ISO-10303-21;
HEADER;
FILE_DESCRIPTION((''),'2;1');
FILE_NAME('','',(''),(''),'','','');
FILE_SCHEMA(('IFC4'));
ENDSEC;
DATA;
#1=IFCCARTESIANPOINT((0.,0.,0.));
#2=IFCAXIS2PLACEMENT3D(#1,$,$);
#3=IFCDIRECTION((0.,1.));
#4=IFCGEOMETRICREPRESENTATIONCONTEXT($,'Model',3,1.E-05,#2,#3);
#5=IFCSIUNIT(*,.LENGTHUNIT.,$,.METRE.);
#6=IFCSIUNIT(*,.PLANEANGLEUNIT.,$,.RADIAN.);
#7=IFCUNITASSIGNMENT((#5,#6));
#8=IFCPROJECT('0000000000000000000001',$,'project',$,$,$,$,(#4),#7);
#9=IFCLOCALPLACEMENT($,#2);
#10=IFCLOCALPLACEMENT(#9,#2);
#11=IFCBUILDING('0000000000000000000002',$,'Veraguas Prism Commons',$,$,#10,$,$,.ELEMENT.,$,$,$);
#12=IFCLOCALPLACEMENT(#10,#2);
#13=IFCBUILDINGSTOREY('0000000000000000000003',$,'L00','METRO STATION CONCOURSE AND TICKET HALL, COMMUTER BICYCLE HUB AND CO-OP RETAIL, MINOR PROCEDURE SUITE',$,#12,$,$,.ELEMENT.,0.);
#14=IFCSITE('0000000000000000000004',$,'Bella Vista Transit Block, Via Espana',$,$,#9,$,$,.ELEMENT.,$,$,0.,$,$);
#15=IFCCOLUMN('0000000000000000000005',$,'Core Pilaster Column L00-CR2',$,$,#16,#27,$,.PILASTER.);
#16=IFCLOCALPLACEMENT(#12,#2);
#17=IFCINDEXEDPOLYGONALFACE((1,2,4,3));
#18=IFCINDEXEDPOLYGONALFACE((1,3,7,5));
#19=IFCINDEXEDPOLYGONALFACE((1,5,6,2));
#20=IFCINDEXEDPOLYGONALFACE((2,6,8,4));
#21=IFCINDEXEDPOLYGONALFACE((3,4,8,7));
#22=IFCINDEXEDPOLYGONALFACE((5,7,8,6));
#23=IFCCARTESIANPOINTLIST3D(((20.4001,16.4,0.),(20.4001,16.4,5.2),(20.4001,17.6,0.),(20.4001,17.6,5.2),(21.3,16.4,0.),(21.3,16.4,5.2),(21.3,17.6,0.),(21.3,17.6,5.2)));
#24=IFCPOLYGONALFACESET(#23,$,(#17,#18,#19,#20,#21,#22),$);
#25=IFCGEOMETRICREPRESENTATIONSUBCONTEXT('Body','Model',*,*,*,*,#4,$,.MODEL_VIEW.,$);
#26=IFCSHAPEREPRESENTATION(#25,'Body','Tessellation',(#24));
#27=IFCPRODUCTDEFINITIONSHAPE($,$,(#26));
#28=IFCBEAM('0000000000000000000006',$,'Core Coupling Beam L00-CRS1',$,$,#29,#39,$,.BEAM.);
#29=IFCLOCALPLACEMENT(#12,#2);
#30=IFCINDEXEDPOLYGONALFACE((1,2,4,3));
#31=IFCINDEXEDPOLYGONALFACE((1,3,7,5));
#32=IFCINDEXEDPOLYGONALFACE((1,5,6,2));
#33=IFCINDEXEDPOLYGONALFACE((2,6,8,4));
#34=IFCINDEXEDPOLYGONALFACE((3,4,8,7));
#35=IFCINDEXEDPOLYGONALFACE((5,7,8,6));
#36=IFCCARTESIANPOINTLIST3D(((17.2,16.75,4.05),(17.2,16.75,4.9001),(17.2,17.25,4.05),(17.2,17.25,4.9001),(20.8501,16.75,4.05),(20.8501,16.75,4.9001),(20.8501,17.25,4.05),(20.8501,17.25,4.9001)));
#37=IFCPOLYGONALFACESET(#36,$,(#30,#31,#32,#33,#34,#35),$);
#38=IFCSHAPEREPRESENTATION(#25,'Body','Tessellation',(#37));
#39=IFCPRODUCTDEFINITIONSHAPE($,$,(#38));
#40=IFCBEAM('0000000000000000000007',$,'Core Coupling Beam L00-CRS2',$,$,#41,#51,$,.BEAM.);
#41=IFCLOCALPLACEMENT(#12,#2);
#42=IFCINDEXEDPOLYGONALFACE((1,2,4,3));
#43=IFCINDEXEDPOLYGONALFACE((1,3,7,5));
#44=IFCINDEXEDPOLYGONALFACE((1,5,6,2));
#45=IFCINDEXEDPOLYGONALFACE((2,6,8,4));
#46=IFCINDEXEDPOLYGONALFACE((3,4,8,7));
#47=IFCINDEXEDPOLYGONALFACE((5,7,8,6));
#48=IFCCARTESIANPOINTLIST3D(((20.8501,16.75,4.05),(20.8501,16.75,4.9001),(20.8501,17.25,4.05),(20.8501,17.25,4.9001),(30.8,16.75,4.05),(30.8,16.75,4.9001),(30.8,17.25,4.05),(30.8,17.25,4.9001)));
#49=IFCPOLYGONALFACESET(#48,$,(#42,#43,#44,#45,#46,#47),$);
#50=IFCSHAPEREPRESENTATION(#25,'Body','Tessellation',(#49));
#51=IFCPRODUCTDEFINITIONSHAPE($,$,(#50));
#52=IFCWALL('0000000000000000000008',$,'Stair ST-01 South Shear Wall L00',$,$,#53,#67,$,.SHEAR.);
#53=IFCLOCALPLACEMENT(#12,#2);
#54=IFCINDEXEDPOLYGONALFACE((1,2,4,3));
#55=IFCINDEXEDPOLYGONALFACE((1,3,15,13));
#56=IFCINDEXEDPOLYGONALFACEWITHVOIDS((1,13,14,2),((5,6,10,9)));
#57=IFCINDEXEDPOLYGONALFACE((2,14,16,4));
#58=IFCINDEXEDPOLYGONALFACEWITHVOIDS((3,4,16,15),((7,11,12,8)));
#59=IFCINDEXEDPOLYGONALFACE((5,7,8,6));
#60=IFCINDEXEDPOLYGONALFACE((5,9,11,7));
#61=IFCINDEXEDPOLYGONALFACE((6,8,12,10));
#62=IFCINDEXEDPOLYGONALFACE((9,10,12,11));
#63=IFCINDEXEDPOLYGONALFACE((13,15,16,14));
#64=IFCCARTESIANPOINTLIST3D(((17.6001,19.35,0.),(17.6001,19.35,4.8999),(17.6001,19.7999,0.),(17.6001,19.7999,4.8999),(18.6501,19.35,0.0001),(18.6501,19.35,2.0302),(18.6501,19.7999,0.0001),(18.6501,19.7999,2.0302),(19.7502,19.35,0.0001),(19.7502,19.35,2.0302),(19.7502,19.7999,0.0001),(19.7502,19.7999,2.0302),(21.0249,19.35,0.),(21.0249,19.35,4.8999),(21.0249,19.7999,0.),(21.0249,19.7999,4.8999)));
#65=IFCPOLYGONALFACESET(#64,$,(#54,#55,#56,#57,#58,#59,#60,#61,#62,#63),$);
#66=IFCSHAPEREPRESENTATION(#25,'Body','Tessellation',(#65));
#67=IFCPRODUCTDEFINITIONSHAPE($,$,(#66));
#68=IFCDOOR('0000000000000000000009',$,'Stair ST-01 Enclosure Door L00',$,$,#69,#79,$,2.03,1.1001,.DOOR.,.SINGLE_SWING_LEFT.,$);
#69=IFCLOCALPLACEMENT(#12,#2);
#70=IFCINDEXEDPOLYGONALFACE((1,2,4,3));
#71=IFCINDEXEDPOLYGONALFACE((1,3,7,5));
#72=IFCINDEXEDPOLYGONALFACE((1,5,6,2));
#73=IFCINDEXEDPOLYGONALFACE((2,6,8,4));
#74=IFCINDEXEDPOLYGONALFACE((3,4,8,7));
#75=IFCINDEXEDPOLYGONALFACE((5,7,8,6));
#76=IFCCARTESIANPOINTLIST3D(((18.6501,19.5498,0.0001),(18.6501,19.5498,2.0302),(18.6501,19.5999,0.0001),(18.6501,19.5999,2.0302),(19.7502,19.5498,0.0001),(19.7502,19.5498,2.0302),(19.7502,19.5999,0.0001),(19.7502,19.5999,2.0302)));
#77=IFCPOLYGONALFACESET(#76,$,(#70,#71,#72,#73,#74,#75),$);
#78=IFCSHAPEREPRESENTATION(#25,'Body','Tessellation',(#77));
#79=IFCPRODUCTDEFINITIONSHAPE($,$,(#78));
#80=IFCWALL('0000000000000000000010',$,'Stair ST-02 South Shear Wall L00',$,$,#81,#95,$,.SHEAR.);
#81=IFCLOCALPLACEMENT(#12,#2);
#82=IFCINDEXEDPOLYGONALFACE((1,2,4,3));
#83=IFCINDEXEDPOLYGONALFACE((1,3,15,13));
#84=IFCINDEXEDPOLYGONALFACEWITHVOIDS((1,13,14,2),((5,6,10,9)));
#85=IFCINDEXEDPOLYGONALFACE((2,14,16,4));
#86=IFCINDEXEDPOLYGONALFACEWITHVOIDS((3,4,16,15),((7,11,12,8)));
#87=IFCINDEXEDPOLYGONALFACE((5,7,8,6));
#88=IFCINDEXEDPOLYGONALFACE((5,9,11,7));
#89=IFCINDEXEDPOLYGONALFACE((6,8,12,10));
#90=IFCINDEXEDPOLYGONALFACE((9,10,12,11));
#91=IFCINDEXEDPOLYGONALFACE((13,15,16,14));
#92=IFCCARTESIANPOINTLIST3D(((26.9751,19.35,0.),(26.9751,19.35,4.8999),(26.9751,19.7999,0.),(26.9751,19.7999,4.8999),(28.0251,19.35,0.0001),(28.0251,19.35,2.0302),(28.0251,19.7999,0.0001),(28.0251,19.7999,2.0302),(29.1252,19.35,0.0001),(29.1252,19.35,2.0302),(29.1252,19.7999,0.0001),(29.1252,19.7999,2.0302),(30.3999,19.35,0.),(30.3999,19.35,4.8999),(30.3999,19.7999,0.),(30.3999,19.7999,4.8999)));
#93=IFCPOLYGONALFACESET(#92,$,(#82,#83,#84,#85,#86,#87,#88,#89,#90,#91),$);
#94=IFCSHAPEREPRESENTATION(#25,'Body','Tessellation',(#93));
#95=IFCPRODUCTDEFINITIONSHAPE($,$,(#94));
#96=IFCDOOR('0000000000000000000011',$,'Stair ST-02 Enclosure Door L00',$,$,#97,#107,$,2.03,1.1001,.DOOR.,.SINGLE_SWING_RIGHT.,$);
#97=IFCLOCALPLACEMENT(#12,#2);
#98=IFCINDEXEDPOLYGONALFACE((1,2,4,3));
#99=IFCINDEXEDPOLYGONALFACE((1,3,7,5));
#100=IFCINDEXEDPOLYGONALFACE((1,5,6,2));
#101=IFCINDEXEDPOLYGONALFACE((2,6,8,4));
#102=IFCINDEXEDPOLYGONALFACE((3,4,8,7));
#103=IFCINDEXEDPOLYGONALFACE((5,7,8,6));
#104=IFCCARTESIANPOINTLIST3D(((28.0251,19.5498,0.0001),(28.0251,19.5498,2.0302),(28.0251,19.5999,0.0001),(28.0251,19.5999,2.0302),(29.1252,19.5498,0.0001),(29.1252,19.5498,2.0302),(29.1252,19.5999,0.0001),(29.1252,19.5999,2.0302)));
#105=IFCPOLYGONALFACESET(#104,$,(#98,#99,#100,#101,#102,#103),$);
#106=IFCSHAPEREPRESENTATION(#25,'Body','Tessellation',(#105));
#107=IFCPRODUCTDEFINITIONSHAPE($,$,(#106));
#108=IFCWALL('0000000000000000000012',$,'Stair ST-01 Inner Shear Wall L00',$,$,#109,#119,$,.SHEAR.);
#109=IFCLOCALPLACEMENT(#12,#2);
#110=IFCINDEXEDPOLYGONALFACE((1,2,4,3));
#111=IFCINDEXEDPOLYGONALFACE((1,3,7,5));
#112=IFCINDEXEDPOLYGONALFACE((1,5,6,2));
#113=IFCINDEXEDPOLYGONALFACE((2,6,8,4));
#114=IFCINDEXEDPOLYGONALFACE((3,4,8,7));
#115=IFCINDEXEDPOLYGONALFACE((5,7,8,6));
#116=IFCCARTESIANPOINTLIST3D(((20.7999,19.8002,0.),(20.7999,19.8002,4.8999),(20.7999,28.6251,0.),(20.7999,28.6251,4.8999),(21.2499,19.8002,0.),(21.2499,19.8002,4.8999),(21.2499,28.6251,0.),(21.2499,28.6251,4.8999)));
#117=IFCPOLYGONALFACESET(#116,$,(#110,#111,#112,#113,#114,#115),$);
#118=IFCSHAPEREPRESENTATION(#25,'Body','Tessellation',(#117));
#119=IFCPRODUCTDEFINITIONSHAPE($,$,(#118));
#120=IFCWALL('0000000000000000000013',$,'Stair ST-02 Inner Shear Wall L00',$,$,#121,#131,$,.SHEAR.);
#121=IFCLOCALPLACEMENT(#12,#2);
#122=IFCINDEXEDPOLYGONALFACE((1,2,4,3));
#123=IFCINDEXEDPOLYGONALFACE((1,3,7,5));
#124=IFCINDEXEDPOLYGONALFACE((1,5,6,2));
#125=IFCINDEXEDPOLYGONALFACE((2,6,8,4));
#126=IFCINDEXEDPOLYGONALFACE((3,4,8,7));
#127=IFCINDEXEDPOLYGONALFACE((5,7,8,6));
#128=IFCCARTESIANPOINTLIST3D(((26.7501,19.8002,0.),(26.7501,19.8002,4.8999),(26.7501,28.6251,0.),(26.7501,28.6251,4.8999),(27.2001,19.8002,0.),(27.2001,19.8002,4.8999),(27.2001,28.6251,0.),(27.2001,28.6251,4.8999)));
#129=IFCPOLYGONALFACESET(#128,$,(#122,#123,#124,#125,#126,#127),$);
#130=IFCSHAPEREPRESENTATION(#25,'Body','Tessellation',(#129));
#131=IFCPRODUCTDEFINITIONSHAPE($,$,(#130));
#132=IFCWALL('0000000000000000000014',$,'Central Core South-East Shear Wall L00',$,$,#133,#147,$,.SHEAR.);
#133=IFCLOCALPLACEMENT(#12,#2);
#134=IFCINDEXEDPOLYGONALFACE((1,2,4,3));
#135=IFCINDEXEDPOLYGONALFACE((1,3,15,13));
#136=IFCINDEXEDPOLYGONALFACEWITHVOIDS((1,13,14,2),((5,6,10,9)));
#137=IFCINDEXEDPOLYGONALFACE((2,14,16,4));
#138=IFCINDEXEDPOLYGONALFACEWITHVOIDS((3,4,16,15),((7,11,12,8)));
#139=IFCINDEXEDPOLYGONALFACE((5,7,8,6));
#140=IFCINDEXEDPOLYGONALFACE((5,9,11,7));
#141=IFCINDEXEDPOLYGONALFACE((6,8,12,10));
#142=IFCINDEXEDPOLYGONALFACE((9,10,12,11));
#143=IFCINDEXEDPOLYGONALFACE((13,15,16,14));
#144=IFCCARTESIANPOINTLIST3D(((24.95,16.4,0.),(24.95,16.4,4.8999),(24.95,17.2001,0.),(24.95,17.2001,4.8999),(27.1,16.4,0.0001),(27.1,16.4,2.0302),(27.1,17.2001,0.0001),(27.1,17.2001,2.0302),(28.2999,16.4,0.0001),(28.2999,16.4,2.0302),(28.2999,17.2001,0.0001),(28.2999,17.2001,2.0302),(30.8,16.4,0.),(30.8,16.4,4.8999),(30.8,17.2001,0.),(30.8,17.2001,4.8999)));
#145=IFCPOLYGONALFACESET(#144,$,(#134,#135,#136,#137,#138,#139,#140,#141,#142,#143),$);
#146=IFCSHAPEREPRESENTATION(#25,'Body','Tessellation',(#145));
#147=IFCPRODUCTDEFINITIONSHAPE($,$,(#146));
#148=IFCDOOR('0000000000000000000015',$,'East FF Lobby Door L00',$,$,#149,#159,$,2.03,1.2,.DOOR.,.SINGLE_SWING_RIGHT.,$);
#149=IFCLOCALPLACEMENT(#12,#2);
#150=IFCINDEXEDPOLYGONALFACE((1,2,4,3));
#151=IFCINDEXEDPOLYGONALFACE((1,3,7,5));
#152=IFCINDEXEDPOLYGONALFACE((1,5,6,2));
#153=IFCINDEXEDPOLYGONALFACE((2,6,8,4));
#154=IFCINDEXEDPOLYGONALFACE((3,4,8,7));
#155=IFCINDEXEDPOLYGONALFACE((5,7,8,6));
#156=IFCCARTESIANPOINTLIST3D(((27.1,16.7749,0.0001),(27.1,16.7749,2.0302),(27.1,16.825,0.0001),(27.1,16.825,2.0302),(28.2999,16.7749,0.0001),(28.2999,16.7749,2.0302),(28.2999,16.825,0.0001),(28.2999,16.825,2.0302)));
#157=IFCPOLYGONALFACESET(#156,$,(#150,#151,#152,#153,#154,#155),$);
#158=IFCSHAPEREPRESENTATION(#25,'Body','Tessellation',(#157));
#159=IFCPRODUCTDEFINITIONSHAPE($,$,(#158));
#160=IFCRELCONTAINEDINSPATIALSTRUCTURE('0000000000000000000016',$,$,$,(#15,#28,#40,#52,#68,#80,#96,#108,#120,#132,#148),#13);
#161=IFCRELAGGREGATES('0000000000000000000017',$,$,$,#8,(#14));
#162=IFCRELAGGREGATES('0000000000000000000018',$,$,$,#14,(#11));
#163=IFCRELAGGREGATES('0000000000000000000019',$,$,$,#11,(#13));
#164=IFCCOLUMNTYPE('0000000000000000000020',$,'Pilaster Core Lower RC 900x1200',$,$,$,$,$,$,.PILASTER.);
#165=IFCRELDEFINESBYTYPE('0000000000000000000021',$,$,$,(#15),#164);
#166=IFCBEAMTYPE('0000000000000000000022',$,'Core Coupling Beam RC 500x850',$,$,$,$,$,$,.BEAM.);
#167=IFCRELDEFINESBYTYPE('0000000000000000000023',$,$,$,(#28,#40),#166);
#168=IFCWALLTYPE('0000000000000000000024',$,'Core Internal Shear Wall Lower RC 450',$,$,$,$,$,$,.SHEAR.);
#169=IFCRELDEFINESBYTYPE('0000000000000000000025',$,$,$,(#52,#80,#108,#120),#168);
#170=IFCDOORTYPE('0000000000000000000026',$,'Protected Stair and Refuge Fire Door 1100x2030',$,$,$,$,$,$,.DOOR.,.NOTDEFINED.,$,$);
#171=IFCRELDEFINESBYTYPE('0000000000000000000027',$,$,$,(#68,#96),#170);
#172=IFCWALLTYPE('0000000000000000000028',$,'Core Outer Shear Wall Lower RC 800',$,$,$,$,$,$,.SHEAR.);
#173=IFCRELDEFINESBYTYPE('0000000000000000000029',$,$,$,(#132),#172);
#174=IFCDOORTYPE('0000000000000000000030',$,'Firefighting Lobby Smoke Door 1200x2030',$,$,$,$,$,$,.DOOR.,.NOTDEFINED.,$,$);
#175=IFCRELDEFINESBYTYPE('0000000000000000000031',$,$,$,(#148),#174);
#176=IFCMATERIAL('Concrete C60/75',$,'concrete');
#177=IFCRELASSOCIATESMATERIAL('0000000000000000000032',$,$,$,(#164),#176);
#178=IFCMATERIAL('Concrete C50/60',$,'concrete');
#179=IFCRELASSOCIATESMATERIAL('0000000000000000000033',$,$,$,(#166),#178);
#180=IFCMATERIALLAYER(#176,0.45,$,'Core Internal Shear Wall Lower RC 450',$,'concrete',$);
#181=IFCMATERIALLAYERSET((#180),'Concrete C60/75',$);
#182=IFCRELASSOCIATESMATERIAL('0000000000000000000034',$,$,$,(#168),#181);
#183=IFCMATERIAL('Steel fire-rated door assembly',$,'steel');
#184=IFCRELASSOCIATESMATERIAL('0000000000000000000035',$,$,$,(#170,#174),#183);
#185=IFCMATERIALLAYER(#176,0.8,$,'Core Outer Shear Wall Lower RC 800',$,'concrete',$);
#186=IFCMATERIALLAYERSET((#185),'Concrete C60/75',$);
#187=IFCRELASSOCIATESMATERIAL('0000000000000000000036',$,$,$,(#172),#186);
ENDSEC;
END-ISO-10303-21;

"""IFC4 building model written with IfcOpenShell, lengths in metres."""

from ifc_helpers import new_model, si_unit, direction, frame, frame_2d, origin, origin_2d, place, context, subcontext, project, spatial, rectangle, extrude, source, transform, mapped, material, layer, layer_set, material_profile, profile_set, type_object, element, fill, save


model = new_model("IFC4")

# Units and contexts
model_context = context("Model", 3, precision=1e-05, world=origin(), true_north=direction((0.0, 1.0)))
body_context = subcontext(model_context, "Body", "Model", "MODEL_VIEW")
ifc_project = project(units=[si_unit("LENGTHUNIT", "METRE"), si_unit("PLANEANGLEUNIT", "RADIAN")], contexts=[model_context])

# Site, building, storey
site_placement = place(None, origin())
site = spatial("IfcSite", under=ifc_project, at=site_placement, Name="Bella Vista Transit Block, Via Espana", CompositionType="ELEMENT", RefElevation=0.0)
building_placement = place(site_placement, origin())
building = spatial("IfcBuilding", under=site, at=building_placement, Name="Veraguas Prism Commons", CompositionType="ELEMENT")
storey_placement = place(building_placement, origin())
storey = spatial("IfcBuildingStorey", under=building, at=storey_placement, Name="L00", Description="METRO STATION CONCOURSE AND TICKET HALL, COMMUTER BICYCLE HUB AND CO-OP RETAIL, MINOR PROCEDURE SUITE", CompositionType="ELEMENT", Elevation=0.0)

# Column
ifc_material_1 = material(Name="Concrete C60/75", Category="concrete")
ifc_material_profile_1 = material_profile(ifc_material_1, rectangle(XDim=0.8999, YDim=1.2, at=origin_2d()), Name="RC900X1200")
ifc_profile_set_1 = profile_set([ifc_material_profile_1], Name="Concrete C60/75")
column_type = type_object("IfcColumnType", Name="Pilaster Core Lower RC 900x1200", PredefinedType="PILASTER", material=ifc_profile_set_1)
column_placement = place(storey_placement, frame((20.8501, 17.0, 0.0), z_axis=(0.0, 0.0, 1.0), x_axis=(1.0, 0.0, 0.0)))
element("IfcColumn", 1, at=column_placement, inside=storey, type_object=column_type, Name="Core Pilaster Column L00-CR2", PredefinedType="PILASTER", context=body_context, shape_type="SweptSolid", body=[
    extrude(rectangle(XDim=0.8999, YDim=1.2, at=origin_2d()), origin(), (0.0, 0.0, 1.0), 5.2),
])

# Beams
ifc_material_2 = material(Name="Concrete C50/60", Category="concrete")
ifc_material_profile_2 = material_profile(ifc_material_2, rectangle(XDim=0.5, YDim=0.8501, at=origin_2d()), Name="RC500X850")
ifc_profile_set_2 = profile_set([ifc_material_profile_2], Name="Concrete C50/60")
beam_type = type_object("IfcBeamType", Name="Core Coupling Beam RC 500x850", PredefinedType="BEAM", material=ifc_profile_set_2)
beam_1_placement = place(storey_placement, frame((17.2, 17.0, 4.4751), z_axis=(1.0, 0.0, 0.0), x_axis=(0.0, 1.0, 0.0)))
element("IfcBeam", 2, at=beam_1_placement, inside=storey, type_object=beam_type, Name="Core Coupling Beam L00-CRS1", PredefinedType="BEAM", context=body_context, shape_type="SweptSolid", body=[
    extrude(rectangle(XDim=0.5, YDim=0.8501, at=origin_2d()), origin(), (0.0, 0.0, 1.0), 3.6501),
])
beam_2_placement = place(storey_placement, frame((20.8501, 17.0, 4.4751), z_axis=(1.0, 0.0, 0.0), x_axis=(0.0, 1.0, 0.0)))
element("IfcBeam", 3, at=beam_2_placement, inside=storey, type_object=beam_type, Name="Core Coupling Beam L00-CRS2", PredefinedType="BEAM", context=body_context, shape_type="SweptSolid", body=[
    extrude(rectangle(XDim=0.5, YDim=0.8501, at=origin_2d()), origin(), (0.0, 0.0, 1.0), 9.95),
])

# Walls, openings, doors
ifc_layer_1 = layer(ifc_material_1, 0.45, Name="Core Internal Shear Wall Lower RC 450", Category="concrete")
ifc_layer_set_1 = layer_set([ifc_layer_1], Name="Concrete C60/75")
wall_type_1 = type_object("IfcWallType", Name="Core Internal Shear Wall Lower RC 450", PredefinedType="SHEAR", material=ifc_layer_set_1)
wall_1_placement = place(storey_placement, frame((17.6001, 19.575, 0.0), z_axis=(0.0, 0.0, 1.0), x_axis=(1.0, 0.0, 0.0)))
wall_1 = element("IfcWall", 4, at=wall_1_placement, inside=storey, type_object=wall_type_1, Name="Stair ST-01 South Shear Wall L00", PredefinedType="SHEAR", context=body_context, shape_type="SweptSolid", body=[
    extrude(rectangle(XDim=3.4248, YDim=0.45, at=frame_2d((1.7124, 0.0))), origin(), (0.0, 0.0, 1.0), 4.8999),
])
opening_1_placement = place(wall_1_placement, frame((1.05, 0.0, 0.0)))
opening_1 = element("IfcOpeningElement", 5, at=opening_1_placement, cuts=wall_1, PredefinedType="OPENING", context=body_context, shape_type="SweptSolid", body=[
    extrude(rectangle(XDim=1.1001, YDim=2.03, at=frame_2d((0.55, 1.0151))), frame((0.0, 0.2349, 0.0), z_axis=(0.0, -1.0, 0.0), x_axis=(1.0, 0.0, 0.0)), (0.0, 0.0, 1.0), 0.47),
])
ifc_material_3 = material(Name="Steel fire-rated door assembly", Category="steel")
door_type_1 = type_object("IfcDoorType", Name="Protected Stair and Refuge Fire Door 1100x2030", OperationType="NOTDEFINED", PredefinedType="DOOR", material=ifc_material_3)
shared_shape_1 = source(origin(), body_context, "Body", "SweptSolid", [
    extrude(rectangle(XDim=1.1001, YDim=2.03, at=frame_2d((0.55, 1.0151))), frame((0.0, 0.0249, 0.0), z_axis=(0.0, -1.0, 0.0), x_axis=(1.0, 0.0, 0.0)), (0.0, 0.0, 1.0), 0.05),
])
door_1_placement = place(opening_1_placement, origin())
door_1 = element("IfcDoor", 6, at=door_1_placement, inside=storey, type_object=door_type_1, Name="Stair ST-01 Enclosure Door L00", OperationType="SINGLE_SWING_LEFT", OverallHeight=2.03, OverallWidth=1.1001, PredefinedType="DOOR", context=body_context, shape_type="MappedRepresentation", body=[
    mapped(shared_shape_1, transform((0.0, 0.0, 0.0), scale=1.0)),
])
fill(opening_1, door_1)
wall_2_placement = place(storey_placement, frame((26.9751, 19.575, 0.0), z_axis=(0.0, 0.0, 1.0), x_axis=(1.0, 0.0, 0.0)))
wall_2 = element("IfcWall", 7, at=wall_2_placement, inside=storey, type_object=wall_type_1, Name="Stair ST-02 South Shear Wall L00", PredefinedType="SHEAR", context=body_context, shape_type="SweptSolid", body=[
    extrude(rectangle(XDim=3.4248, YDim=0.45, at=frame_2d((1.7124, 0.0))), origin(), (0.0, 0.0, 1.0), 4.8999),
])
opening_2_placement = place(wall_2_placement, frame((1.05, 0.0, 0.0)))
opening_2 = element("IfcOpeningElement", 8, at=opening_2_placement, cuts=wall_2, PredefinedType="OPENING", context=body_context, shape_type="SweptSolid", body=[
    extrude(rectangle(XDim=1.1001, YDim=2.03, at=frame_2d((0.55, 1.0151))), frame((0.0, 0.2349, 0.0), z_axis=(0.0, -1.0, 0.0), x_axis=(1.0, 0.0, 0.0)), (0.0, 0.0, 1.0), 0.47),
])
door_2_placement = place(opening_2_placement, origin())
door_2 = element("IfcDoor", 9, at=door_2_placement, inside=storey, type_object=door_type_1, Name="Stair ST-02 Enclosure Door L00", OperationType="SINGLE_SWING_RIGHT", OverallHeight=2.03, OverallWidth=1.1001, PredefinedType="DOOR", context=body_context, shape_type="MappedRepresentation", body=[
    mapped(shared_shape_1, transform((0.0, 0.0, 0.0), scale=1.0)),
])
fill(opening_2, door_2)

# Walls
for number, where, z_axis, x_axis, name in (
    (10, (21.0249, 19.8, 0.0), (0.0, 0.0, 1.0), (0.0, 1.0, 0.0), "Stair ST-01 Inner Shear Wall L00"),
    (11, (26.9751, 19.8, 0.0), (0.0, 0.0, 1.0), (0.0, 1.0, 0.0), "Stair ST-02 Inner Shear Wall L00"),
):
    element("IfcWall", number, at=place(storey_placement, frame(where, z_axis=z_axis, x_axis=x_axis)), inside=storey, type_object=wall_type_1, Name=name, PredefinedType="SHEAR", context=body_context, shape_type="SweptSolid", body=[
        extrude(rectangle(XDim=8.825, YDim=0.45, at=frame_2d((4.4126, 0.0))), origin(), (0.0, 0.0, 1.0), 4.8999),
    ])

# Wall, opening, door
ifc_layer_2 = layer(ifc_material_1, 0.8, Name="Core Outer Shear Wall Lower RC 800", Category="concrete")
ifc_layer_set_2 = layer_set([ifc_layer_2], Name="Concrete C60/75")
wall_type_2 = type_object("IfcWallType", Name="Core Outer Shear Wall Lower RC 800", PredefinedType="SHEAR", material=ifc_layer_set_2)
wall_3_placement = place(storey_placement, frame((24.95, 16.8, 0.0), z_axis=(0.0, 0.0, 1.0), x_axis=(1.0, 0.0, 0.0)))
wall_3 = element("IfcWall", 12, at=wall_3_placement, inside=storey, type_object=wall_type_2, Name="Central Core South-East Shear Wall L00", PredefinedType="SHEAR", context=body_context, shape_type="SweptSolid", body=[
    extrude(rectangle(XDim=5.8501, YDim=0.8, at=frame_2d((2.925, 0.0))), origin(), (0.0, 0.0, 1.0), 4.8999),
])
opening_3_placement = place(wall_3_placement, frame((2.1499, 0.0, 0.0)))
opening_3 = element("IfcOpeningElement", 13, at=opening_3_placement, cuts=wall_3, PredefinedType="OPENING", context=body_context, shape_type="SweptSolid", body=[
    extrude(rectangle(XDim=1.2, YDim=2.03, at=frame_2d((0.6001, 1.0151))), frame((0.0, 0.4099, 0.0), z_axis=(0.0, -1.0, 0.0), x_axis=(1.0, 0.0, 0.0)), (0.0, 0.0, 1.0), 0.8201),
])
door_type_2 = type_object("IfcDoorType", Name="Firefighting Lobby Smoke Door 1200x2030", OperationType="NOTDEFINED", PredefinedType="DOOR", material=ifc_material_3)
shared_shape_2 = source(origin(), body_context, "Body", "SweptSolid", [
    extrude(rectangle(XDim=1.2, YDim=2.03, at=frame_2d((0.6001, 1.0151))), frame((0.0, 0.0249, 0.0), z_axis=(0.0, -1.0, 0.0), x_axis=(1.0, 0.0, 0.0)), (0.0, 0.0, 1.0), 0.05),
])
door_3_placement = place(opening_3_placement, origin())
door_3 = element("IfcDoor", 14, at=door_3_placement, inside=storey, type_object=door_type_2, Name="East FF Lobby Door L00", OperationType="SINGLE_SWING_RIGHT", OverallHeight=2.03, OverallWidth=1.2, PredefinedType="DOOR", context=body_context, shape_type="MappedRepresentation", body=[
    mapped(shared_shape_2, transform((0.0, 0.0, 0.0), scale=1.0)),
])
fill(opening_3, door_3)

save(model, "model.ifc")
